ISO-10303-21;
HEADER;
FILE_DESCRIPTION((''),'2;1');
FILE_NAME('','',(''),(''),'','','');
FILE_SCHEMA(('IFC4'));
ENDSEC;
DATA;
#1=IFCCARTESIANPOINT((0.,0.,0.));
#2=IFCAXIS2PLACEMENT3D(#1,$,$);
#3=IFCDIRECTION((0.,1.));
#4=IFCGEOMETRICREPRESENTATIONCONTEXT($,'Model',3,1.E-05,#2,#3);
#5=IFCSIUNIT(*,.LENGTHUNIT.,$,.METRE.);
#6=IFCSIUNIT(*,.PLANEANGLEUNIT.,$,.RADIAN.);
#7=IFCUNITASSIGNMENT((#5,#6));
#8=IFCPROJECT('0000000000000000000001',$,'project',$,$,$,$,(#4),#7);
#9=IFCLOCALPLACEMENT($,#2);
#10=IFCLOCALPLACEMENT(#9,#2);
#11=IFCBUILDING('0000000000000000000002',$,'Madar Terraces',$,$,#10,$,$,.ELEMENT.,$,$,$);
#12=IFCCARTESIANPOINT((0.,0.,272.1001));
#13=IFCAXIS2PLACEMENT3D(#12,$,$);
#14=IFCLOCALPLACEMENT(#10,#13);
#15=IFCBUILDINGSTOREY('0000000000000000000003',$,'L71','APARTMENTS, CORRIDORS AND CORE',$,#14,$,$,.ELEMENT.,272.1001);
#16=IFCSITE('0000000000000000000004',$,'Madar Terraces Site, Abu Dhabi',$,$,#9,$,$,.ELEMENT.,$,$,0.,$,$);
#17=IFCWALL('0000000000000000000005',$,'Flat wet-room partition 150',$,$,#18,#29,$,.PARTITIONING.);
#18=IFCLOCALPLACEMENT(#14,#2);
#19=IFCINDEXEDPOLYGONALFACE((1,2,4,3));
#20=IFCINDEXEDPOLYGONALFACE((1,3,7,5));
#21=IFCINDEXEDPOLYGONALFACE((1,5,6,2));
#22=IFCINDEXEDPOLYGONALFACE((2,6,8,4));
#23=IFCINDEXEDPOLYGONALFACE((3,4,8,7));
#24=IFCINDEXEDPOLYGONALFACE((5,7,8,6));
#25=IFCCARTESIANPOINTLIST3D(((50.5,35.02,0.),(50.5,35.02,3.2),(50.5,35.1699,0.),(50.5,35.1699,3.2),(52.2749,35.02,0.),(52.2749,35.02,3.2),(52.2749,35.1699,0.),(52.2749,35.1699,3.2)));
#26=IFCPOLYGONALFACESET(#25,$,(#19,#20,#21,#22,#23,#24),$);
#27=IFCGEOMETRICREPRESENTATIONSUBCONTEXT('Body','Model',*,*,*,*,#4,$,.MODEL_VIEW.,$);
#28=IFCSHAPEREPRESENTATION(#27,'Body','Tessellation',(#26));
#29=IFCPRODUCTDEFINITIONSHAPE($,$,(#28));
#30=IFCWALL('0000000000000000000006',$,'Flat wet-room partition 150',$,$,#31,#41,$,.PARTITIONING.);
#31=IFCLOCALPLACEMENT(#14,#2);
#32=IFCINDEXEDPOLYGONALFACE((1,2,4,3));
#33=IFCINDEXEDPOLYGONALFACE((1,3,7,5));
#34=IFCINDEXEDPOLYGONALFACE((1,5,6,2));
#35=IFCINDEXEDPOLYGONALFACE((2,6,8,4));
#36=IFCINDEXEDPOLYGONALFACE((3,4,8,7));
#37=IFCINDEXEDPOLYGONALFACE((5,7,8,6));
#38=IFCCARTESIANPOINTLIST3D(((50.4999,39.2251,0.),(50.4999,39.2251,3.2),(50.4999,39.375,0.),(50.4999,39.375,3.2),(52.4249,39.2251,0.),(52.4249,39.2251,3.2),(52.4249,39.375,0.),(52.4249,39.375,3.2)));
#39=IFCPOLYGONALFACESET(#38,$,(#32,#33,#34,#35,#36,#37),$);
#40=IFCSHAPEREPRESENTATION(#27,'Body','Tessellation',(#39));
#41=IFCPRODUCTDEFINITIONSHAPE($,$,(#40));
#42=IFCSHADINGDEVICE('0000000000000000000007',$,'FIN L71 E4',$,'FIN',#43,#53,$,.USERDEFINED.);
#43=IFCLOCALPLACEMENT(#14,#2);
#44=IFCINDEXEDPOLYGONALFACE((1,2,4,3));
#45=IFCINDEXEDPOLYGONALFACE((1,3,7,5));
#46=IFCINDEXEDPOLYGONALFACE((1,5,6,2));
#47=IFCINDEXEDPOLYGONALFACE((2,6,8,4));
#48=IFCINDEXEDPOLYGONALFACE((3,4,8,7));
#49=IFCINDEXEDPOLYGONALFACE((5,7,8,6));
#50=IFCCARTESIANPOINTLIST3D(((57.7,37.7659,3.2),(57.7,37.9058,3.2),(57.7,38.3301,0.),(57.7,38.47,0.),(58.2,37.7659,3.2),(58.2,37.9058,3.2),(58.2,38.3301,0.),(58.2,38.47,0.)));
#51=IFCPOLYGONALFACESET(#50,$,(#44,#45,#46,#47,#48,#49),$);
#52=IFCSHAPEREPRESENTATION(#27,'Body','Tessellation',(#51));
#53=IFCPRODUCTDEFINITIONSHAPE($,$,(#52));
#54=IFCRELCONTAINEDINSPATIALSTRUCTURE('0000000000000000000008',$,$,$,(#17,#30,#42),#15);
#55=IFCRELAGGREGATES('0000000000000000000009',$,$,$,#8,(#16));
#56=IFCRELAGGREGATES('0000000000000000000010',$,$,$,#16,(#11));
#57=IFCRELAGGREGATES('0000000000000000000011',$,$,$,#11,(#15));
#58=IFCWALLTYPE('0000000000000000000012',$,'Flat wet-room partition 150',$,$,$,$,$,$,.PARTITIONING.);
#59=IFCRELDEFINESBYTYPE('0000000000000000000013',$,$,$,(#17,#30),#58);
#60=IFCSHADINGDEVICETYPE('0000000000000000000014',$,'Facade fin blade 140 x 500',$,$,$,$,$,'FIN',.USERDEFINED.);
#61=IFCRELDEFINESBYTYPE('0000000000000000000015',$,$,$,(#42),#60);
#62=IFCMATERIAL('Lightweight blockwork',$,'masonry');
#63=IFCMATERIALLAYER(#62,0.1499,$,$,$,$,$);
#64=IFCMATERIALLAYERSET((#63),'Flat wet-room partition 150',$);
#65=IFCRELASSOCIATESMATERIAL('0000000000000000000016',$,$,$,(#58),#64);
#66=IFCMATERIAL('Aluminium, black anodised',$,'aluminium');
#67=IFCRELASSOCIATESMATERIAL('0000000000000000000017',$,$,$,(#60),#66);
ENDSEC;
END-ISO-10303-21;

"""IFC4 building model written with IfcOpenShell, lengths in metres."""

from ifc_helpers import new_model, si_unit, direction, frame, frame_2d, origin, place, context, subcontext, project, spatial, polyline, rectangle, outline, extrude, material, layer, layer_set, type_object, element, save


model = new_model("IFC4")

# Units and contexts
model_context = context("Model", 3, precision=1e-05, world=origin(), true_north=direction((0.0, 1.0)))
body_context = subcontext(model_context, "Body", "Model", "MODEL_VIEW")
ifc_project = project(units=[si_unit("LENGTHUNIT", "METRE"), si_unit("PLANEANGLEUNIT", "RADIAN")], contexts=[model_context])

# Site, building, storey
site_placement = place(None, origin())
site = spatial("IfcSite", under=ifc_project, at=site_placement, Name="Madar Terraces Site, Abu Dhabi", CompositionType="ELEMENT", RefElevation=0.0)
building_placement = place(site_placement, origin())
building = spatial("IfcBuilding", under=site, at=building_placement, Name="Madar Terraces", CompositionType="ELEMENT")
storey_placement = place(building_placement, frame((0.0, 0.0, 272.1001)))
storey = spatial("IfcBuildingStorey", under=building, at=storey_placement, Name="L71", Description="APARTMENTS, CORRIDORS AND CORE", CompositionType="ELEMENT", Elevation=272.1001)

# Walls
ifc_material_1 = material(Name="Lightweight blockwork", Category="masonry")
ifc_layer_1 = layer(ifc_material_1, 0.1499)
ifc_layer_set_1 = layer_set([ifc_layer_1], Name="Flat wet-room partition 150")
wall_type_1 = type_object("IfcWallType", Name="Flat wet-room partition 150", PredefinedType="PARTITIONING", material=ifc_layer_set_1)
wall_1_placement = place(storey_placement, frame((50.5, 35.095, 0.0), z_axis=(0.0, 0.0, 1.0), x_axis=(1.0, 0.0, 0.0)))
element("IfcWall", 1, at=wall_1_placement, inside=storey, type_object=wall_type_1, Name="Flat wet-room partition 150", PredefinedType="PARTITIONING", context=body_context, shape_type="SweptSolid", body=[
    extrude(rectangle(XDim=1.7749, YDim=0.1499, at=frame_2d((0.8875, 0.0))), origin(), (0.0, 0.0, 1.0), 3.2),
])
wall_2_placement = place(storey_placement, frame((50.5, 39.3, 0.0), z_axis=(0.0, 0.0, 1.0), x_axis=(1.0, 0.0, 0.0)))
element("IfcWall", 2, at=wall_2_placement, inside=storey, type_object=wall_type_1, Name="Flat wet-room partition 150", PredefinedType="PARTITIONING", context=body_context, shape_type="SweptSolid", body=[
    extrude(rectangle(XDim=1.925, YDim=0.1499, at=frame_2d((0.9624, 0.0))), origin(), (0.0, 0.0, 1.0), 3.2),
])

# Shading device
ifc_material_2 = material(Name="Aluminium, black anodised", Category="aluminium")
shading_device_type = type_object("IfcShadingDeviceType", Name="Facade fin blade 140 x 500", ElementType="FIN", PredefinedType="USERDEFINED", material=ifc_material_2)
shading_device_placement = place(storey_placement, frame((57.95, 38.3301, 0.0), z_axis=(0.0, 0.0, 1.0), x_axis=(0.0, 1.0, 0.0)))
element("IfcShadingDevice", 3, at=shading_device_placement, inside=storey, type_object=shading_device_type, Name="FIN L71 E4", ObjectType="FIN", PredefinedType="USERDEFINED", context=body_context, shape_type="SweptSolid", body=[
    extrude(outline(polyline([(0.0, 0.0), (0.1399, 0.0), (-0.4243, 3.2), (-0.5642, 3.2), (0.0, 0.0)])), frame((0.0, 0.25, 0.0), z_axis=(0.0, -1.0, 0.0), x_axis=(1.0, 0.0, 0.0)), (0.0, 0.0, 1.0), 0.5),
])

save(model, "model.ifc")
